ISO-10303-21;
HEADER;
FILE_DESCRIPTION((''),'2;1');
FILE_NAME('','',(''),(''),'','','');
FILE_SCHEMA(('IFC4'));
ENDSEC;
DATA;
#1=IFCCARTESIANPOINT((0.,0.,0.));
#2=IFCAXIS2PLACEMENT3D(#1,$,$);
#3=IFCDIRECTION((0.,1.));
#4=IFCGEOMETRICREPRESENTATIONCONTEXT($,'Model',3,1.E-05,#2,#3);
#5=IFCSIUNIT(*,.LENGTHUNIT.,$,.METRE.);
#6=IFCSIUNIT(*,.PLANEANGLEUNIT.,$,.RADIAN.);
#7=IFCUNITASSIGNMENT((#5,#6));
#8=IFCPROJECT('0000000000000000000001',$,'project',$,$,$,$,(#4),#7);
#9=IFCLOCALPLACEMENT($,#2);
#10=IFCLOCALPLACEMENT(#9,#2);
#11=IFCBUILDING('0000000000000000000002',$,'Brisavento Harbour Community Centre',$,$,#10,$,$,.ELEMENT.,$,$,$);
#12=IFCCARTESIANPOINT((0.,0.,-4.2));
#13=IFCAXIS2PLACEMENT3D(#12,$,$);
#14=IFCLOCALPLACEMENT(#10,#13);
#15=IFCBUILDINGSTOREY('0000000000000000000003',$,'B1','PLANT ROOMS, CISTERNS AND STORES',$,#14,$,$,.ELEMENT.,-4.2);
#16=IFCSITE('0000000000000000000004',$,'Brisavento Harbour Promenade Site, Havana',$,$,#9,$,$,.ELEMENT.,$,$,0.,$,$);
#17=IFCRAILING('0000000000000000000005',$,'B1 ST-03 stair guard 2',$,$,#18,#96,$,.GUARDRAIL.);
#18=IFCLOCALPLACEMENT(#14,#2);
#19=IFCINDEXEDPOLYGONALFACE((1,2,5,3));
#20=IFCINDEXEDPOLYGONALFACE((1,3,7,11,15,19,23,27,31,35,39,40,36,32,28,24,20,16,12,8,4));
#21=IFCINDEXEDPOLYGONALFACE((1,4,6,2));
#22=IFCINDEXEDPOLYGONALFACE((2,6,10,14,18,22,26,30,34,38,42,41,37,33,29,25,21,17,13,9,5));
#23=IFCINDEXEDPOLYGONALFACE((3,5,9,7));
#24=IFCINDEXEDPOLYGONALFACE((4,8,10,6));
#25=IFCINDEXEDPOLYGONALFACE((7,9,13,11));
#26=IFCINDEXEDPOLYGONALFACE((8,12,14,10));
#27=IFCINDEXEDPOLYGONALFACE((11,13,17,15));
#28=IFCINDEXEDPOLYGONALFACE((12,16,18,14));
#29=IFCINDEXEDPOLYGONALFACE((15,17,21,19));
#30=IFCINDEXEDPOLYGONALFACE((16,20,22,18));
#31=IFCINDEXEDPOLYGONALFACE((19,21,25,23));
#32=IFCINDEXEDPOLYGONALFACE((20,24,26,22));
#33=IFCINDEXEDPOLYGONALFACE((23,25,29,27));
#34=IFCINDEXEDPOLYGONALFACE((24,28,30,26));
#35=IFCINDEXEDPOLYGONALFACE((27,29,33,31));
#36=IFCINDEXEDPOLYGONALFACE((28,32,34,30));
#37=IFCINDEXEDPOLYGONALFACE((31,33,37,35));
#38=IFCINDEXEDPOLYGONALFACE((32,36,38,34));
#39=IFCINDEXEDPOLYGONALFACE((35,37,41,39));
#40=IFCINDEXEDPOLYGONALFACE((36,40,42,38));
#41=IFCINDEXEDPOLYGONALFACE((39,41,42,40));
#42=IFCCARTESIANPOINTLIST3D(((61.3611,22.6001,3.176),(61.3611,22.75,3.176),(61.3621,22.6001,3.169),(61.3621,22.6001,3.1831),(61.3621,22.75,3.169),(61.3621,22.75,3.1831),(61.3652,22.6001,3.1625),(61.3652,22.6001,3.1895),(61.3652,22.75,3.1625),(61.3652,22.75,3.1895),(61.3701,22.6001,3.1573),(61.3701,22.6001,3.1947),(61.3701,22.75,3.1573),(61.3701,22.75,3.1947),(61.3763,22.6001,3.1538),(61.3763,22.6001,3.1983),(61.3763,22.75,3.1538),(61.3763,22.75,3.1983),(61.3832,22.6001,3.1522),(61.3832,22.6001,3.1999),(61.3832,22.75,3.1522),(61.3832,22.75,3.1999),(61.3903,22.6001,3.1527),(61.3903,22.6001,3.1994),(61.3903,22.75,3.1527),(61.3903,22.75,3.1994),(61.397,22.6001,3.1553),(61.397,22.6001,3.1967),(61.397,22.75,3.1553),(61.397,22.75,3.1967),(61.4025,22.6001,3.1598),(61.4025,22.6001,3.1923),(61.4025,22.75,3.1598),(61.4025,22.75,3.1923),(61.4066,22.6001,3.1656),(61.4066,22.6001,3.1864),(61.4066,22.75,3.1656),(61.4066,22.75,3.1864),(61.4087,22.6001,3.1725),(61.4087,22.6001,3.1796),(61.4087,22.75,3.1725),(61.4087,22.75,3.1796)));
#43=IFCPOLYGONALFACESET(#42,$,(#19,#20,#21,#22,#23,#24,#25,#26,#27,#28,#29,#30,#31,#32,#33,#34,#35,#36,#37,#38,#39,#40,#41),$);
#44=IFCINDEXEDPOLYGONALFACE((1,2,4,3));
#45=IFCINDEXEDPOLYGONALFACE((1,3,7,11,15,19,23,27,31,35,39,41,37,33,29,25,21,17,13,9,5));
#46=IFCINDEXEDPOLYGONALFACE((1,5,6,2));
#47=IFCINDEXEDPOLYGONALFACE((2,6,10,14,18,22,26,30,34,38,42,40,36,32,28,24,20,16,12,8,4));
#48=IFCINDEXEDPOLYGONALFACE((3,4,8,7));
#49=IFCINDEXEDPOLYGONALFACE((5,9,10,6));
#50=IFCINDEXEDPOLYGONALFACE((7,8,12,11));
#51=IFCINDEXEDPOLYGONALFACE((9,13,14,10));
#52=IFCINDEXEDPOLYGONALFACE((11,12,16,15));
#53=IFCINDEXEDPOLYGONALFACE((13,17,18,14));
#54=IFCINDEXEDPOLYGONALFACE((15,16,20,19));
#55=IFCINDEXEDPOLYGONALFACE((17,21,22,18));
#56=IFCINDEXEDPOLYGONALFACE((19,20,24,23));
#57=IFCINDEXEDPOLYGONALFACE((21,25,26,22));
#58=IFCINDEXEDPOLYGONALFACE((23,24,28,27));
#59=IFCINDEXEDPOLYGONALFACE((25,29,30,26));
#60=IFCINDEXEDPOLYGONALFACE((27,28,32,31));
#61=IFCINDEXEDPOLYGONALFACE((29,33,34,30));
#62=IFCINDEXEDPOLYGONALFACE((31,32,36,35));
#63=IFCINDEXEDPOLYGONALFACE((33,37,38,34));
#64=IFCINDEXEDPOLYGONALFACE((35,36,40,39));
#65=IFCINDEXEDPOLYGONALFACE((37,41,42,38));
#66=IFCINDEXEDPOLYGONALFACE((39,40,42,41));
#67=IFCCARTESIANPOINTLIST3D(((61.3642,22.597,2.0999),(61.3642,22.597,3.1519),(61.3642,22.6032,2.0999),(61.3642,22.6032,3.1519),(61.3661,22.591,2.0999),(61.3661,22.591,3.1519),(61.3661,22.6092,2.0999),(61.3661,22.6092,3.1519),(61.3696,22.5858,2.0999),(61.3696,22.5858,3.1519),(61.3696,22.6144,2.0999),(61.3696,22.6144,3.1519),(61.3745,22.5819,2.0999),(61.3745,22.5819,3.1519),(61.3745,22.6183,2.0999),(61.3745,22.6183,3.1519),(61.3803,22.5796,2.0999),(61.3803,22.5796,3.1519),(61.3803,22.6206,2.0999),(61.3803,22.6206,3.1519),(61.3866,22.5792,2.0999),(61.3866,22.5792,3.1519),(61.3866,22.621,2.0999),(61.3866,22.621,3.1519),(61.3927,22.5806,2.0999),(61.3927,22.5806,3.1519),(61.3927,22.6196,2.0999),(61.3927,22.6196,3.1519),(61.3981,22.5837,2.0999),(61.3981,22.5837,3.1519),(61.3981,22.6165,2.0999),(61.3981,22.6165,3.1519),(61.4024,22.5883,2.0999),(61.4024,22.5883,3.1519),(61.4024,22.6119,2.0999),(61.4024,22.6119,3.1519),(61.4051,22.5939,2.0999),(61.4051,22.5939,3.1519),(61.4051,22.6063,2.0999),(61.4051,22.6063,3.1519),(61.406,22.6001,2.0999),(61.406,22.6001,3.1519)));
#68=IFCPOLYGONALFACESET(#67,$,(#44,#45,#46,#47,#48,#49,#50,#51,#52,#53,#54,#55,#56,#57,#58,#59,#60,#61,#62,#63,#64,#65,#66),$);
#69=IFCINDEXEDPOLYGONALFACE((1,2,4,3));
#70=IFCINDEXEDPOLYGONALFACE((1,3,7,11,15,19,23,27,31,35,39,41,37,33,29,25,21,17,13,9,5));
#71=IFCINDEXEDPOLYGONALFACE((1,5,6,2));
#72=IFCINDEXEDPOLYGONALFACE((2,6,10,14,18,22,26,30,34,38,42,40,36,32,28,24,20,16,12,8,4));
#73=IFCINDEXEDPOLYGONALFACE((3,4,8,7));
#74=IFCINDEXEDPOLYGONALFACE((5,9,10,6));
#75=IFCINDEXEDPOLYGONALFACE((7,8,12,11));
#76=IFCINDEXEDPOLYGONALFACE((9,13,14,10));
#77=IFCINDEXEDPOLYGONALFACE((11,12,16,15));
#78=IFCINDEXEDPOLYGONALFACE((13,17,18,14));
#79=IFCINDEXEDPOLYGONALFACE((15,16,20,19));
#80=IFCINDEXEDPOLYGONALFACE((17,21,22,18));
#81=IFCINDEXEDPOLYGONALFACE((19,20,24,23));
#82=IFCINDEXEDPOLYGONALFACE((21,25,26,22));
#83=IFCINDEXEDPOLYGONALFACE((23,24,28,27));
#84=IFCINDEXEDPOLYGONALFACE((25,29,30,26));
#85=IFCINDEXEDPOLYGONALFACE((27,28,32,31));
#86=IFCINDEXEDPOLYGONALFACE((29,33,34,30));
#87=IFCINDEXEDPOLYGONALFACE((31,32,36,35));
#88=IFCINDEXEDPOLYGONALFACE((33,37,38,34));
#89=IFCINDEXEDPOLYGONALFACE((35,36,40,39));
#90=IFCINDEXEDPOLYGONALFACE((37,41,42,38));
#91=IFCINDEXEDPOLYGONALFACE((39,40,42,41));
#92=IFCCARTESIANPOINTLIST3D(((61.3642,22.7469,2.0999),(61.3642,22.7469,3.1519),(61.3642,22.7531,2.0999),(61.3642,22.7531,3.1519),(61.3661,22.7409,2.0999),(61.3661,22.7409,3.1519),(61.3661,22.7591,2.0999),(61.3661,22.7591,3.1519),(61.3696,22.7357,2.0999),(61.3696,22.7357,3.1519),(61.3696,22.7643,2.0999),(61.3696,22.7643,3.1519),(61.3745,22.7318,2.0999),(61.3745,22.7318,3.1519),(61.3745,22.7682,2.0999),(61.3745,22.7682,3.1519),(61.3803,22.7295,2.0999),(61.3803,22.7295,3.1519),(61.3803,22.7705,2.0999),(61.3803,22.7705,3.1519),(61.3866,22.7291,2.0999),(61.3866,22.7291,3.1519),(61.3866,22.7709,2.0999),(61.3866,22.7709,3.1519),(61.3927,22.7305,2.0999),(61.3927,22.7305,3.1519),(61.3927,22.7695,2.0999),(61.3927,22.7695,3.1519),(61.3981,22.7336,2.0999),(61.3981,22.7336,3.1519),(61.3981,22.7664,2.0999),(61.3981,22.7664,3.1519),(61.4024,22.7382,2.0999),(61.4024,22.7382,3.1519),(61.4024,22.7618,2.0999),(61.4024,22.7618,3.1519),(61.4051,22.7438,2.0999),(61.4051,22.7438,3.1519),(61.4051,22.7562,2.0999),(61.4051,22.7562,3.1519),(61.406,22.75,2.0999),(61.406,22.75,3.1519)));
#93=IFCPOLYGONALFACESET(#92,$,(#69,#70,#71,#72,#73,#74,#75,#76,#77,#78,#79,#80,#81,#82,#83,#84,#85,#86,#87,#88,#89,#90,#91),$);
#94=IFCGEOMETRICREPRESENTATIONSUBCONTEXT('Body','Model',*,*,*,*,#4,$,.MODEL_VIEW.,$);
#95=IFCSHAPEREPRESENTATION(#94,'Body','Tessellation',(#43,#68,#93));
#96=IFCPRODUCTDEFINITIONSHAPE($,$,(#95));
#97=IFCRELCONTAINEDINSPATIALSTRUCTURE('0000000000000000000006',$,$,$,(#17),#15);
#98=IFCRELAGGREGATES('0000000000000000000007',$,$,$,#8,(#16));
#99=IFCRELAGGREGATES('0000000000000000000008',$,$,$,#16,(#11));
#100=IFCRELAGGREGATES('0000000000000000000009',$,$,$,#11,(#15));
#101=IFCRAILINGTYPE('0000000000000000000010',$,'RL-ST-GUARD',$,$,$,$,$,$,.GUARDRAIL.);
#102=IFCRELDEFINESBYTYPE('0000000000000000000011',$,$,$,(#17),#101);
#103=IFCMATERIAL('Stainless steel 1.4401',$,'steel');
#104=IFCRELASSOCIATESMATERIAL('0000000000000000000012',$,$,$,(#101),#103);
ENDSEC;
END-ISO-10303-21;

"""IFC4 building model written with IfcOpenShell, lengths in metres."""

from ifc_helpers import new_model, si_unit, direction, frame, origin, origin_2d, place, context, subcontext, project, spatial, circle, extrude, material, type_object, element, save


model = new_model("IFC4")

# Units and contexts
model_context = context("Model", 3, precision=1e-05, world=origin(), true_north=direction((0.0, 1.0)))
body_context = subcontext(model_context, "Body", "Model", "MODEL_VIEW")
ifc_project = project(units=[si_unit("LENGTHUNIT", "METRE"), si_unit("PLANEANGLEUNIT", "RADIAN")], contexts=[model_context])

# Site, building, storey
site_placement = place(None, origin())
site = spatial("IfcSite", under=ifc_project, at=site_placement, Name="Brisavento Harbour Promenade Site, Havana", CompositionType="ELEMENT", RefElevation=0.0)
building_placement = place(site_placement, origin())
building = spatial("IfcBuilding", under=site, at=building_placement, Name="Brisavento Harbour Community Centre", CompositionType="ELEMENT")
storey_placement = place(building_placement, frame((0.0, 0.0, -4.2)))
storey = spatial("IfcBuildingStorey", under=building, at=storey_placement, Name="B1", Description="PLANT ROOMS, CISTERNS AND STORES", CompositionType="ELEMENT", Elevation=-4.2)

# Railing
ifc_material_1 = material(Name="Stainless steel 1.4401", Category="steel")
railing_type_1 = type_object("IfcRailingType", Name="RL-ST-GUARD", PredefinedType="GUARDRAIL", material=ifc_material_1)
railing_1_placement = place(storey_placement, frame((61.385, 22.6001, 2.0999)))
element("IfcRailing", 1, at=railing_1_placement, inside=storey, type_object=railing_type_1, Name="B1 ST-03 stair guard 2", PredefinedType="GUARDRAIL", context=body_context, shape_type="SweptSolid", body=[
    extrude(circle(Radius=0.0239, at=origin_2d()), frame((0.0, 0.0, 1.0762), z_axis=(0.0, 1.0, 0.0), x_axis=(-1.0, 0.0, 0.0)), (0.0, 0.0, 1.0), 0.1499),
    extrude(circle(Radius=0.021, at=origin_2d()), origin(), (0.0, 0.0, 1.0), 1.052),
    extrude(circle(Radius=0.021, at=origin_2d()), frame((0.0, 0.1499, 0.0)), (0.0, 0.0, 1.0), 1.052),
])

save(model, "model.ifc")
